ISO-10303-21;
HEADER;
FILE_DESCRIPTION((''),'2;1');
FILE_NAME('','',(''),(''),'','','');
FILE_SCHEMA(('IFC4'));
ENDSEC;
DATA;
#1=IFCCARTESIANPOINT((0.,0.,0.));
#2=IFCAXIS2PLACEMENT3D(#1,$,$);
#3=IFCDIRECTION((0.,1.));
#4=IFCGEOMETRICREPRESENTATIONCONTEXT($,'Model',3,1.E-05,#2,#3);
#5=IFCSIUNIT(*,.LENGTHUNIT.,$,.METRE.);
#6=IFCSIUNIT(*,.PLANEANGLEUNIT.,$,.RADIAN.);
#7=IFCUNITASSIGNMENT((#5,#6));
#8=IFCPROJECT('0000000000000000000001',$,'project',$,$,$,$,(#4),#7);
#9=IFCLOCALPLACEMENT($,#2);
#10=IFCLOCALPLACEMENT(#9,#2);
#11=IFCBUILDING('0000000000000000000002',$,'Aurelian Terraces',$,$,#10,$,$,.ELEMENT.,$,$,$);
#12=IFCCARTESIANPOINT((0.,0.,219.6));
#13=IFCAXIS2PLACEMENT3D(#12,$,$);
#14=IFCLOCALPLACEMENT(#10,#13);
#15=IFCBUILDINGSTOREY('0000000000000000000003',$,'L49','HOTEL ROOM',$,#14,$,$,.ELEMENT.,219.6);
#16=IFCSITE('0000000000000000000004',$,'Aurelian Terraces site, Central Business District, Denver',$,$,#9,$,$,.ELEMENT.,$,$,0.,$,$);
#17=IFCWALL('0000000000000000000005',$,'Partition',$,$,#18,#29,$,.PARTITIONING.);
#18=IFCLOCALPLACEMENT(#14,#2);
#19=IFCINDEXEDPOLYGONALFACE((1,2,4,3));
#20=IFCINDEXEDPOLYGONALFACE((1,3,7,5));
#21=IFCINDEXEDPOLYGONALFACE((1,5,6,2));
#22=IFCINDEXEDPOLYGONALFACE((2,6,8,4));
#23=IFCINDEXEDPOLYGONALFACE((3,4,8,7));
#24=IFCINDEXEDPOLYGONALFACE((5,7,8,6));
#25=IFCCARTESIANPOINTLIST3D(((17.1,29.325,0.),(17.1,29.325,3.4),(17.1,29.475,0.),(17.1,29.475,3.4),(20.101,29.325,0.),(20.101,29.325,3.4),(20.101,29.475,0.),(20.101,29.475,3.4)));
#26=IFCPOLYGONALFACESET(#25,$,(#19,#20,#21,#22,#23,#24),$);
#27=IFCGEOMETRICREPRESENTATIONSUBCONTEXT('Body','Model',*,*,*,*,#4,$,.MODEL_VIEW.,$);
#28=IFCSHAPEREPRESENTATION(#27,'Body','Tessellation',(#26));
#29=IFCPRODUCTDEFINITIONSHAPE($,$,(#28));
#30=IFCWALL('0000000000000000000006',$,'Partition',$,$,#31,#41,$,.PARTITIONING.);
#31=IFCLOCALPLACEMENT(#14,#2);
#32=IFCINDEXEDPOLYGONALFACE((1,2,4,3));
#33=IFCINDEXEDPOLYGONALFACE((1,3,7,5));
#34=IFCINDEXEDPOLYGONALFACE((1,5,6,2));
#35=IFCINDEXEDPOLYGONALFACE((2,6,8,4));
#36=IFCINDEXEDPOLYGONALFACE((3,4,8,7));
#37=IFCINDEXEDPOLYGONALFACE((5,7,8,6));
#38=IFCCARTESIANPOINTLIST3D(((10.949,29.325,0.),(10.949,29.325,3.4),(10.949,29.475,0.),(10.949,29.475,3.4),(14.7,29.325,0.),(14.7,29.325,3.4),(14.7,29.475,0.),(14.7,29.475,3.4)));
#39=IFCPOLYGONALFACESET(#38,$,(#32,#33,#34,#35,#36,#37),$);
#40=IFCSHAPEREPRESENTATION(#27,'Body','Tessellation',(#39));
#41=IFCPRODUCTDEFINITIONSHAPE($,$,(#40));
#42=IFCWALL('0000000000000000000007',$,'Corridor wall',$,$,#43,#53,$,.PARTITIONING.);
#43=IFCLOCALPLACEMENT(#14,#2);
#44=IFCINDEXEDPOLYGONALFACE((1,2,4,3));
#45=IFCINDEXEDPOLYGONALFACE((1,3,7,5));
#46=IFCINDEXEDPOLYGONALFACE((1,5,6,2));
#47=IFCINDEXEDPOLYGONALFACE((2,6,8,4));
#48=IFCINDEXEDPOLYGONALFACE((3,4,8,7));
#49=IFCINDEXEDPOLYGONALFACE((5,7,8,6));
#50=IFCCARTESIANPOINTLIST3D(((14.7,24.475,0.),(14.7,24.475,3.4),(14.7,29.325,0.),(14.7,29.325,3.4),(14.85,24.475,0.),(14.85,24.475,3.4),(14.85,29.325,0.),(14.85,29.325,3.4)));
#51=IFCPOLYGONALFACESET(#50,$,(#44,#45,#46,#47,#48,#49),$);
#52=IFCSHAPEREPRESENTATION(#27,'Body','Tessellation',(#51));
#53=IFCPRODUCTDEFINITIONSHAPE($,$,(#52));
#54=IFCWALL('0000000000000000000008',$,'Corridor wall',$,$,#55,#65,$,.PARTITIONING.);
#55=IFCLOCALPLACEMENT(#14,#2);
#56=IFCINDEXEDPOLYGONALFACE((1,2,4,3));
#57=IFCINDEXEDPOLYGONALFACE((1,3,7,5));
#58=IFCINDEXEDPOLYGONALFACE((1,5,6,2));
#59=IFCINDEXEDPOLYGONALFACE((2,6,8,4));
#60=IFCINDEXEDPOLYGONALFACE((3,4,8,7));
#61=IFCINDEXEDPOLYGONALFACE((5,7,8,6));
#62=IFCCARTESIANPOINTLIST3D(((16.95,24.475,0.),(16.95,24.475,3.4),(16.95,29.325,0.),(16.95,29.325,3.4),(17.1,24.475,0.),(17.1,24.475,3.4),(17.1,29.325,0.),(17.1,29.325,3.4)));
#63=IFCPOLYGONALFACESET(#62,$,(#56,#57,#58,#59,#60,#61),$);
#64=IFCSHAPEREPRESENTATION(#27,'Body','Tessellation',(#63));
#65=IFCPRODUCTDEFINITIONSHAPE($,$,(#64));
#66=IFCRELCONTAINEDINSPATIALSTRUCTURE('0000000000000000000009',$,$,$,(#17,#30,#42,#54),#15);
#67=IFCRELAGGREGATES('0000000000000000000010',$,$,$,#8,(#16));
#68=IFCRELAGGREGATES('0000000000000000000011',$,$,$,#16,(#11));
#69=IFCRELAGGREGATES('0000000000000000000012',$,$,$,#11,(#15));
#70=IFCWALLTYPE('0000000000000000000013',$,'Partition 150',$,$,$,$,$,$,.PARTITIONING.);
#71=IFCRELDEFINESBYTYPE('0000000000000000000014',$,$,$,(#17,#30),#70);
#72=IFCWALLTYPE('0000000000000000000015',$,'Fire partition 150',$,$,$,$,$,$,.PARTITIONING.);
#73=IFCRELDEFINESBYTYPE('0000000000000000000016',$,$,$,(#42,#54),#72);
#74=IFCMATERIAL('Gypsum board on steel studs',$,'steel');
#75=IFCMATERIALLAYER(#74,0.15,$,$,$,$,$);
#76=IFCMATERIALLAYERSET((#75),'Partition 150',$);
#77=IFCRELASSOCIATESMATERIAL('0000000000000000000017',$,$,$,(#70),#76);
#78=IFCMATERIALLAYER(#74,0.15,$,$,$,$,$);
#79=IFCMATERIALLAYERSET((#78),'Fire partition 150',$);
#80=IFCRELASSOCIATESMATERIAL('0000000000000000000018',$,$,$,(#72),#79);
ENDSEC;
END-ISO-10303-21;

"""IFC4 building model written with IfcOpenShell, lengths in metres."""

from ifc_helpers import new_model, si_unit, direction, frame, frame_2d, origin, place, context, subcontext, project, spatial, rectangle, extrude, source, transform, mapped, material, layer, layer_set, type_object, element, save


model = new_model("IFC4")

# Units and contexts
model_context = context("Model", 3, precision=1e-05, world=origin(), true_north=direction((0.0, 1.0)))
body_context = subcontext(model_context, "Body", "Model", "MODEL_VIEW")
ifc_project = project(units=[si_unit("LENGTHUNIT", "METRE"), si_unit("PLANEANGLEUNIT", "RADIAN")], contexts=[model_context])

# Site, building, storey
site_placement = place(None, origin())
site = spatial("IfcSite", under=ifc_project, at=site_placement, Name="Aurelian Terraces site, Central Business District, Denver", CompositionType="ELEMENT", RefElevation=0.0)
building_placement = place(site_placement, origin())
building = spatial("IfcBuilding", under=site, at=building_placement, Name="Aurelian Terraces", CompositionType="ELEMENT")
storey_placement = place(building_placement, frame((0.0, 0.0, 219.6)))
storey = spatial("IfcBuildingStorey", under=building, at=storey_placement, Name="L49", Description="HOTEL ROOM", CompositionType="ELEMENT", Elevation=219.6)

# Shared definitions
ifc_material_1 = material(Name="Gypsum board on steel studs", Category="steel")

# Shared definitions
ifc_layer_1 = layer(ifc_material_1, 0.15)
ifc_layer_set_1 = layer_set([ifc_layer_1], Name="Partition 150")
wall_type_1 = type_object("IfcWallType", Name="Partition 150", PredefinedType="PARTITIONING", material=ifc_layer_set_1)

# Shared definitions
ifc_layer_2 = layer(ifc_material_1, 0.15)
ifc_layer_set_2 = layer_set([ifc_layer_2], Name="Fire partition 150")
wall_type_2 = type_object("IfcWallType", Name="Fire partition 150", PredefinedType="PARTITIONING", material=ifc_layer_set_2)

# Walls
shared_shape_1 = source(origin(), body_context, "Body", "SweptSolid", [
    extrude(rectangle(XDim=3.001, YDim=0.15, at=frame_2d((1.5005, 0.0))), origin(), (0.0, 0.0, 1.0), 3.4),
])
wall_1_placement = place(storey_placement, frame((20.101, 29.4, 0.0), z_axis=(0.0, 0.0, 1.0), x_axis=(-1.0, 0.0, 0.0)))
element("IfcWall", 1, at=wall_1_placement, inside=storey, type_object=wall_type_1, Name="Partition", PredefinedType="PARTITIONING", context=body_context, shape_type="MappedRepresentation", body=[
    mapped(shared_shape_1, transform((0.0, 0.0, 0.0), scale=1.0)),
])
shared_shape_2 = source(origin(), body_context, "Body", "SweptSolid", [
    extrude(rectangle(XDim=3.751, YDim=0.15, at=frame_2d((1.8755, 0.0))), origin(), (0.0, 0.0, 1.0), 3.4),
])
wall_2_placement = place(storey_placement, frame((14.7, 29.4, 0.0), z_axis=(0.0, 0.0, 1.0), x_axis=(-1.0, 0.0, 0.0)))
element("IfcWall", 2, at=wall_2_placement, inside=storey, type_object=wall_type_1, Name="Partition", PredefinedType="PARTITIONING", context=body_context, shape_type="MappedRepresentation", body=[
    mapped(shared_shape_2, transform((0.0, 0.0, 0.0), scale=1.0)),
])
shared_shape_3 = source(origin(), body_context, "Body", "SweptSolid", [
    extrude(rectangle(XDim=4.85, YDim=0.15, at=frame_2d((2.425, 0.0))), origin(), (0.0, 0.0, 1.0), 3.4),
])
for number, where, z_axis, x_axis, name in (
    (3, (14.775, 24.475, 0.0), (0.0, 0.0, 1.0), (0.0, 1.0, 0.0), "Corridor wall"),
    (4, (17.025, 29.325, 0.0), (0.0, 0.0, 1.0), (0.0, -1.0, 0.0), "Corridor wall"),
):
    element("IfcWall", number, at=place(storey_placement, frame(where, z_axis=z_axis, x_axis=x_axis)), inside=storey, type_object=wall_type_2, Name=name, PredefinedType="PARTITIONING", context=body_context, shape_type="MappedRepresentation", body=[
        mapped(shared_shape_3, transform((0.0, 0.0, 0.0), scale=1.0)),
    ])

save(model, "model.ifc")
